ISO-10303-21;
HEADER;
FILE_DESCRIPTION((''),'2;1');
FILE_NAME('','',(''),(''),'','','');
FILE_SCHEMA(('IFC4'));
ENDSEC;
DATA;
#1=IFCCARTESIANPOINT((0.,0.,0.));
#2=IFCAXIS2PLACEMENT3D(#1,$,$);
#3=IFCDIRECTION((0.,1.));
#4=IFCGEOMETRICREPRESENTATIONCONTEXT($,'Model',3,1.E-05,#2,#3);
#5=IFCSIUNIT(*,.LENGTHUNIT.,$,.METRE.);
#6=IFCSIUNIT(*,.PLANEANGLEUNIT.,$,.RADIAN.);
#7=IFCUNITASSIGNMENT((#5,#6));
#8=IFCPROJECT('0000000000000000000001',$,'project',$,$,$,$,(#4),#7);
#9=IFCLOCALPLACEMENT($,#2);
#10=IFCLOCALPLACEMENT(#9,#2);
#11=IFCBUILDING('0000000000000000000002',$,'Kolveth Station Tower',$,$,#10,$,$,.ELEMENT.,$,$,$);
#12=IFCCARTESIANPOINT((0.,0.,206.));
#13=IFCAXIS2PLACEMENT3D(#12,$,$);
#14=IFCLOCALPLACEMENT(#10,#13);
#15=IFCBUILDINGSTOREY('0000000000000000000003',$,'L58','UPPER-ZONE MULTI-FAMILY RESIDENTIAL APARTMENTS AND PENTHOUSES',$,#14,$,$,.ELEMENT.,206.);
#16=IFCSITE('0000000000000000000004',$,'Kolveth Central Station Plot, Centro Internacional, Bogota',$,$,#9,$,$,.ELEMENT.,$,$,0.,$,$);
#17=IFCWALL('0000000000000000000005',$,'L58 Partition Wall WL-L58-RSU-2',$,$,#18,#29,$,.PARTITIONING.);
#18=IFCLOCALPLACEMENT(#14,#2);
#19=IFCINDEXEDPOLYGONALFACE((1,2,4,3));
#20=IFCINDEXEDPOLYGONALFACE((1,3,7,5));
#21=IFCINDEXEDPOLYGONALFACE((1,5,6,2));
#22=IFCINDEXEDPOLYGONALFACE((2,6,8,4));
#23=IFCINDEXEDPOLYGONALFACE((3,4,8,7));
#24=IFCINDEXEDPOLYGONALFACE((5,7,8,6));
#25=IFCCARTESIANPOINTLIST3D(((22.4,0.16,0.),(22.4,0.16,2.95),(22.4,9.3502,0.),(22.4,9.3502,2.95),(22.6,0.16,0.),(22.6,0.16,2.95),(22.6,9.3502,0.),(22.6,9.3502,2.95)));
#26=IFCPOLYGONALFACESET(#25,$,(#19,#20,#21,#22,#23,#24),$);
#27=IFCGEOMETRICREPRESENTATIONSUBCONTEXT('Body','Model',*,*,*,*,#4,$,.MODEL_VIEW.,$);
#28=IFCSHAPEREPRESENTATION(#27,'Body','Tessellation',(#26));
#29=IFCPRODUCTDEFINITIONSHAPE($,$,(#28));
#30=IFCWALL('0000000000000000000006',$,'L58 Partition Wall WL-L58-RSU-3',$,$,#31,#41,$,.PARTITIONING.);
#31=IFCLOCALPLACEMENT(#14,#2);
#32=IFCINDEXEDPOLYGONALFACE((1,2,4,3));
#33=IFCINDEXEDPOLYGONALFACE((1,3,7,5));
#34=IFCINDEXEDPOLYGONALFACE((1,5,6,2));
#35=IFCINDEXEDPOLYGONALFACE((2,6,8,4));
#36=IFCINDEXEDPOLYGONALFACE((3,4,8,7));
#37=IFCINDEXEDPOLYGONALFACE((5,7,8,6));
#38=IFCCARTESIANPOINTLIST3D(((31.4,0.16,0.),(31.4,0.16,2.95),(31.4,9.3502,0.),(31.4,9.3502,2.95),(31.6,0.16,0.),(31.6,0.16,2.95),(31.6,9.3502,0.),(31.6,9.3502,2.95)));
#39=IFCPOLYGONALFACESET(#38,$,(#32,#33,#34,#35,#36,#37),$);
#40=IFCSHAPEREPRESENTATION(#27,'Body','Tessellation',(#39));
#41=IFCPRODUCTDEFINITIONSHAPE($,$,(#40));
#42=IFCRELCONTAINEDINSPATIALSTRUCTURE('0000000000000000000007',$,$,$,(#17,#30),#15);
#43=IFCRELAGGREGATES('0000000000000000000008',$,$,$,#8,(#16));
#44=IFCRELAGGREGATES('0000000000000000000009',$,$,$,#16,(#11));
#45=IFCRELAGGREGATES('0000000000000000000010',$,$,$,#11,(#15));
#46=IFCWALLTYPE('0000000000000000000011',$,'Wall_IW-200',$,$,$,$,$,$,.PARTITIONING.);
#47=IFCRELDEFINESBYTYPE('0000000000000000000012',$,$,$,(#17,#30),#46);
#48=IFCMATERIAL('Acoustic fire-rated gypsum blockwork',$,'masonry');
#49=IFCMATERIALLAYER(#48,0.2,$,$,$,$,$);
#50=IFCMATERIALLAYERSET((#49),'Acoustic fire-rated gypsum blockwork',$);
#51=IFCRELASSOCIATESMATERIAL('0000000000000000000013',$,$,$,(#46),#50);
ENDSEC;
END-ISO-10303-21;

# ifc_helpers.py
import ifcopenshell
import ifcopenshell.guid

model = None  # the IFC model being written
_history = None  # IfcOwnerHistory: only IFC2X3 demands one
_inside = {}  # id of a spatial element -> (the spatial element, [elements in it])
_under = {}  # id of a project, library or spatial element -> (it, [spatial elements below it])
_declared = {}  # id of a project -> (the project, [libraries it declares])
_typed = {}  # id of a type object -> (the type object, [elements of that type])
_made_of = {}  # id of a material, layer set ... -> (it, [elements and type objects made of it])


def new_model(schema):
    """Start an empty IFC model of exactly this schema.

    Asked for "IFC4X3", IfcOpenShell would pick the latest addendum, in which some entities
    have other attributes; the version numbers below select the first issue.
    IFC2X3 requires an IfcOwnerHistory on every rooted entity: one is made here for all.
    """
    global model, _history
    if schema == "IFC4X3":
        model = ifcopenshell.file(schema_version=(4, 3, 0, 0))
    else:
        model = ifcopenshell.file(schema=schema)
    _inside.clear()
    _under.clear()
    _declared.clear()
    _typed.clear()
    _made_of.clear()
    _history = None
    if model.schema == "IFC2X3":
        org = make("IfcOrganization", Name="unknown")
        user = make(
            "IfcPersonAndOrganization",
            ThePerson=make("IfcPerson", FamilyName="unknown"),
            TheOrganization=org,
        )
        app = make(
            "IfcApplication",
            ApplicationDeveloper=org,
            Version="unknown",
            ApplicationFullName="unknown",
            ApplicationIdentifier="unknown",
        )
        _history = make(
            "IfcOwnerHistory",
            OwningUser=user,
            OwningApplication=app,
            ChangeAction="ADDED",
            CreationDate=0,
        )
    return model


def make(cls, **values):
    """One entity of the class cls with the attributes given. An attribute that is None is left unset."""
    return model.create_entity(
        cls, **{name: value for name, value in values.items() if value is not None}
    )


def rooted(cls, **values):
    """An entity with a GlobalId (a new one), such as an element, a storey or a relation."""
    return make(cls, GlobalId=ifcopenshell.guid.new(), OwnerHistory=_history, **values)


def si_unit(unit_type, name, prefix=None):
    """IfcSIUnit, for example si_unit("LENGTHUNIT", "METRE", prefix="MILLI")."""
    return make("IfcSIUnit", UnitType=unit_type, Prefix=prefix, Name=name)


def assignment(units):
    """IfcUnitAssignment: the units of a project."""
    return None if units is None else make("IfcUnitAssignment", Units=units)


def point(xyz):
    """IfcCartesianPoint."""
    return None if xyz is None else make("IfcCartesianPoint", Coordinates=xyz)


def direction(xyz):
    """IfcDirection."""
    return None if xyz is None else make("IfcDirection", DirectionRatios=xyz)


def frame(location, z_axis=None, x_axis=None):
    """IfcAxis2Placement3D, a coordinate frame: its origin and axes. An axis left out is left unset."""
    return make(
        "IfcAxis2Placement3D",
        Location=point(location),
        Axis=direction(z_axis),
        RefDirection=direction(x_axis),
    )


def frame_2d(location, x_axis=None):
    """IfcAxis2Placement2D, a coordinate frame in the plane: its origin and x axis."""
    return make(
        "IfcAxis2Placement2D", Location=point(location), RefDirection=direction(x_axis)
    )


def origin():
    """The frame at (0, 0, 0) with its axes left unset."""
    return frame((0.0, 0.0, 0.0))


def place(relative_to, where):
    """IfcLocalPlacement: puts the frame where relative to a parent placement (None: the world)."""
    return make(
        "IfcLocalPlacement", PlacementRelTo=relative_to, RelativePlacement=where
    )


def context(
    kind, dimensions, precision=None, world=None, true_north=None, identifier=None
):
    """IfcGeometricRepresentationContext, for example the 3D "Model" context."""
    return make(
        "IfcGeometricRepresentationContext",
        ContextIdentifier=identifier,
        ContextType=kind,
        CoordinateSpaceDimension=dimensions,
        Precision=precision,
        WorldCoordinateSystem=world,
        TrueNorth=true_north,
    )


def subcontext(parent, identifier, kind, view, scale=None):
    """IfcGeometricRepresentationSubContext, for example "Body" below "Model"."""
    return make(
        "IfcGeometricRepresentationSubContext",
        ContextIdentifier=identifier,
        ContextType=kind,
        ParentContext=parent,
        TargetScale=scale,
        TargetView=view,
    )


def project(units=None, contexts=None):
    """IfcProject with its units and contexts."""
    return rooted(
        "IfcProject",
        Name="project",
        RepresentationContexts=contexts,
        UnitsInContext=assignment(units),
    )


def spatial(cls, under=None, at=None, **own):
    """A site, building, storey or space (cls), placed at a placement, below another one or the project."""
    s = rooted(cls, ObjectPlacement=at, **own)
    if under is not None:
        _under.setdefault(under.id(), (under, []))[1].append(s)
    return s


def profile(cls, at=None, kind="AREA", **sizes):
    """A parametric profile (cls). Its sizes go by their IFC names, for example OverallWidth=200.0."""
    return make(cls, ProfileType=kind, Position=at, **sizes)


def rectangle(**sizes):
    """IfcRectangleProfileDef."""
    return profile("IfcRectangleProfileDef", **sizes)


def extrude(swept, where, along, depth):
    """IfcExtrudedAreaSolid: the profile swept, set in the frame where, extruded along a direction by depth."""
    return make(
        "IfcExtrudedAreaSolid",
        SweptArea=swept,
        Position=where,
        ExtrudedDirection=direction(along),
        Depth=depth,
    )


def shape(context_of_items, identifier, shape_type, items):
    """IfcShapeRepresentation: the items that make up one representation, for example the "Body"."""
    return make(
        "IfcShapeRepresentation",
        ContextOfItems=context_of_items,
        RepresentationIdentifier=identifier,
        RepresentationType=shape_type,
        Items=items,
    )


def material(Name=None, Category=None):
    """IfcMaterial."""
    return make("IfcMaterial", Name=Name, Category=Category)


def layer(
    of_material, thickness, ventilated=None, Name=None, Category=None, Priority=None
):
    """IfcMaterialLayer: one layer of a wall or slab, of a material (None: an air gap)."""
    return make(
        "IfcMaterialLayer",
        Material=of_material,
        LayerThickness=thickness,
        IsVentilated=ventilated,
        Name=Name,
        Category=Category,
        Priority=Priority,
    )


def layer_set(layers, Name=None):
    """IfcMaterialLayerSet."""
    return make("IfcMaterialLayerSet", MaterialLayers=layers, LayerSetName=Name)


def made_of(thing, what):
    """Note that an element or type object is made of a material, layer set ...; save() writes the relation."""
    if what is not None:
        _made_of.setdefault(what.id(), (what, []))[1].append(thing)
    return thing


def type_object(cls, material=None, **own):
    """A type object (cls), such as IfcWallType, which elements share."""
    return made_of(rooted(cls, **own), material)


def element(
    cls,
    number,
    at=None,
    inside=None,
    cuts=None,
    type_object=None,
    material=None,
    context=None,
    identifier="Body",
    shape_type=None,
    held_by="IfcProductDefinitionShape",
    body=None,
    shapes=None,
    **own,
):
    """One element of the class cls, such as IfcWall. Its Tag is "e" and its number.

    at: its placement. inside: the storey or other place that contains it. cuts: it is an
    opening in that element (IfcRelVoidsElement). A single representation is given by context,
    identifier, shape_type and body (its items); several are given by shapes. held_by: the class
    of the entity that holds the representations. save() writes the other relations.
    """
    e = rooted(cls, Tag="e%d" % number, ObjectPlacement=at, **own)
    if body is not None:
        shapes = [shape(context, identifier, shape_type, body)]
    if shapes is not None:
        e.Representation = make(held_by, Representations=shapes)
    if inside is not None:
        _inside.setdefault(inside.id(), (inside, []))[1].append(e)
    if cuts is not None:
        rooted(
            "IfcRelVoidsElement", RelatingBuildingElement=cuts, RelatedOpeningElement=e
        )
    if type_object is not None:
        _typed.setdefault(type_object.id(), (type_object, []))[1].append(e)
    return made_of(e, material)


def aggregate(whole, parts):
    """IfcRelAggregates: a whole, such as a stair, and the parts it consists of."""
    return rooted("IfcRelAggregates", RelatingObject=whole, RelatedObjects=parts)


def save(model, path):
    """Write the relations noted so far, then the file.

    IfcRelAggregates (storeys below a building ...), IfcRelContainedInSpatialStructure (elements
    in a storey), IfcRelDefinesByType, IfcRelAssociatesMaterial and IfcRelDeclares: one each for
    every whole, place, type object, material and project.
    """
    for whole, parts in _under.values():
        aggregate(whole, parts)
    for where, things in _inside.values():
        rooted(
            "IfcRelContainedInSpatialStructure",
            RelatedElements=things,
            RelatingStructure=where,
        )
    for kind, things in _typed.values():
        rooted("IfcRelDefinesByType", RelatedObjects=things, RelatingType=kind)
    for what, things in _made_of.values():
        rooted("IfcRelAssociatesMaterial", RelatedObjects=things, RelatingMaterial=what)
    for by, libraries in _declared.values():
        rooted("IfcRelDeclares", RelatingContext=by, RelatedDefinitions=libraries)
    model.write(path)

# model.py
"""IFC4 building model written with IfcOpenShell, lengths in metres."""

from ifc_helpers import new_model, si_unit, direction, frame, frame_2d, origin, place, context, subcontext, project, spatial, rectangle, extrude, material, layer, layer_set, type_object, element, save


model = new_model("IFC4")

# Units and contexts
model_context = context("Model", 3, precision=1e-05, world=origin(), true_north=direction((0.0, 1.0)))
body_context = subcontext(model_context, "Body", "Model", "MODEL_VIEW")
ifc_project = project(units=[si_unit("LENGTHUNIT", "METRE"), si_unit("PLANEANGLEUNIT", "RADIAN")], contexts=[model_context])

# Site, building, storey
site_placement = place(None, origin())
site = spatial("IfcSite", under=ifc_project, at=site_placement, Name="Kolveth Central Station Plot, Centro Internacional, Bogota", CompositionType="ELEMENT", RefElevation=0.0)
building_placement = place(site_placement, origin())
building = spatial("IfcBuilding", under=site, at=building_placement, Name="Kolveth Station Tower", CompositionType="ELEMENT")
storey_placement = place(building_placement, frame((0.0, 0.0, 206.0)))
storey = spatial("IfcBuildingStorey", under=building, at=storey_placement, Name="L58", Description="UPPER-ZONE MULTI-FAMILY RESIDENTIAL APARTMENTS AND PENTHOUSES", CompositionType="ELEMENT", Elevation=206.0)

# Walls
ifc_material_1 = material(Name="Acoustic fire-rated gypsum blockwork", Category="masonry")
ifc_layer_1 = layer(ifc_material_1, 0.2)
ifc_layer_set_1 = layer_set([ifc_layer_1], Name="Acoustic fire-rated gypsum blockwork")
wall_type_1 = type_object("IfcWallType", Name="Wall_IW-200", PredefinedType="PARTITIONING", material=ifc_layer_set_1)
for number, where, z_axis, x_axis, name in (
    (1, (22.5, 0.1599, 0.0), (0.0, 0.0, 1.0), (0.0, 1.0, 0.0), "L58 Partition Wall WL-L58-RSU-2"),
    (2, (31.5, 0.1599, 0.0), (0.0, 0.0, 1.0), (0.0, 1.0, 0.0), "L58 Partition Wall WL-L58-RSU-3"),
):
    element("IfcWall", number, at=place(storey_placement, frame(where, z_axis=z_axis, x_axis=x_axis)), inside=storey, type_object=wall_type_1, Name=name, PredefinedType="PARTITIONING", context=body_context, shape_type="SweptSolid", body=[
        extrude(rectangle(XDim=9.1902, YDim=0.2, at=frame_2d((4.5952, 0.0))), origin(), (0.0, 0.0, 1.0), 2.95),
    ])

save(model, "model.ifc")
